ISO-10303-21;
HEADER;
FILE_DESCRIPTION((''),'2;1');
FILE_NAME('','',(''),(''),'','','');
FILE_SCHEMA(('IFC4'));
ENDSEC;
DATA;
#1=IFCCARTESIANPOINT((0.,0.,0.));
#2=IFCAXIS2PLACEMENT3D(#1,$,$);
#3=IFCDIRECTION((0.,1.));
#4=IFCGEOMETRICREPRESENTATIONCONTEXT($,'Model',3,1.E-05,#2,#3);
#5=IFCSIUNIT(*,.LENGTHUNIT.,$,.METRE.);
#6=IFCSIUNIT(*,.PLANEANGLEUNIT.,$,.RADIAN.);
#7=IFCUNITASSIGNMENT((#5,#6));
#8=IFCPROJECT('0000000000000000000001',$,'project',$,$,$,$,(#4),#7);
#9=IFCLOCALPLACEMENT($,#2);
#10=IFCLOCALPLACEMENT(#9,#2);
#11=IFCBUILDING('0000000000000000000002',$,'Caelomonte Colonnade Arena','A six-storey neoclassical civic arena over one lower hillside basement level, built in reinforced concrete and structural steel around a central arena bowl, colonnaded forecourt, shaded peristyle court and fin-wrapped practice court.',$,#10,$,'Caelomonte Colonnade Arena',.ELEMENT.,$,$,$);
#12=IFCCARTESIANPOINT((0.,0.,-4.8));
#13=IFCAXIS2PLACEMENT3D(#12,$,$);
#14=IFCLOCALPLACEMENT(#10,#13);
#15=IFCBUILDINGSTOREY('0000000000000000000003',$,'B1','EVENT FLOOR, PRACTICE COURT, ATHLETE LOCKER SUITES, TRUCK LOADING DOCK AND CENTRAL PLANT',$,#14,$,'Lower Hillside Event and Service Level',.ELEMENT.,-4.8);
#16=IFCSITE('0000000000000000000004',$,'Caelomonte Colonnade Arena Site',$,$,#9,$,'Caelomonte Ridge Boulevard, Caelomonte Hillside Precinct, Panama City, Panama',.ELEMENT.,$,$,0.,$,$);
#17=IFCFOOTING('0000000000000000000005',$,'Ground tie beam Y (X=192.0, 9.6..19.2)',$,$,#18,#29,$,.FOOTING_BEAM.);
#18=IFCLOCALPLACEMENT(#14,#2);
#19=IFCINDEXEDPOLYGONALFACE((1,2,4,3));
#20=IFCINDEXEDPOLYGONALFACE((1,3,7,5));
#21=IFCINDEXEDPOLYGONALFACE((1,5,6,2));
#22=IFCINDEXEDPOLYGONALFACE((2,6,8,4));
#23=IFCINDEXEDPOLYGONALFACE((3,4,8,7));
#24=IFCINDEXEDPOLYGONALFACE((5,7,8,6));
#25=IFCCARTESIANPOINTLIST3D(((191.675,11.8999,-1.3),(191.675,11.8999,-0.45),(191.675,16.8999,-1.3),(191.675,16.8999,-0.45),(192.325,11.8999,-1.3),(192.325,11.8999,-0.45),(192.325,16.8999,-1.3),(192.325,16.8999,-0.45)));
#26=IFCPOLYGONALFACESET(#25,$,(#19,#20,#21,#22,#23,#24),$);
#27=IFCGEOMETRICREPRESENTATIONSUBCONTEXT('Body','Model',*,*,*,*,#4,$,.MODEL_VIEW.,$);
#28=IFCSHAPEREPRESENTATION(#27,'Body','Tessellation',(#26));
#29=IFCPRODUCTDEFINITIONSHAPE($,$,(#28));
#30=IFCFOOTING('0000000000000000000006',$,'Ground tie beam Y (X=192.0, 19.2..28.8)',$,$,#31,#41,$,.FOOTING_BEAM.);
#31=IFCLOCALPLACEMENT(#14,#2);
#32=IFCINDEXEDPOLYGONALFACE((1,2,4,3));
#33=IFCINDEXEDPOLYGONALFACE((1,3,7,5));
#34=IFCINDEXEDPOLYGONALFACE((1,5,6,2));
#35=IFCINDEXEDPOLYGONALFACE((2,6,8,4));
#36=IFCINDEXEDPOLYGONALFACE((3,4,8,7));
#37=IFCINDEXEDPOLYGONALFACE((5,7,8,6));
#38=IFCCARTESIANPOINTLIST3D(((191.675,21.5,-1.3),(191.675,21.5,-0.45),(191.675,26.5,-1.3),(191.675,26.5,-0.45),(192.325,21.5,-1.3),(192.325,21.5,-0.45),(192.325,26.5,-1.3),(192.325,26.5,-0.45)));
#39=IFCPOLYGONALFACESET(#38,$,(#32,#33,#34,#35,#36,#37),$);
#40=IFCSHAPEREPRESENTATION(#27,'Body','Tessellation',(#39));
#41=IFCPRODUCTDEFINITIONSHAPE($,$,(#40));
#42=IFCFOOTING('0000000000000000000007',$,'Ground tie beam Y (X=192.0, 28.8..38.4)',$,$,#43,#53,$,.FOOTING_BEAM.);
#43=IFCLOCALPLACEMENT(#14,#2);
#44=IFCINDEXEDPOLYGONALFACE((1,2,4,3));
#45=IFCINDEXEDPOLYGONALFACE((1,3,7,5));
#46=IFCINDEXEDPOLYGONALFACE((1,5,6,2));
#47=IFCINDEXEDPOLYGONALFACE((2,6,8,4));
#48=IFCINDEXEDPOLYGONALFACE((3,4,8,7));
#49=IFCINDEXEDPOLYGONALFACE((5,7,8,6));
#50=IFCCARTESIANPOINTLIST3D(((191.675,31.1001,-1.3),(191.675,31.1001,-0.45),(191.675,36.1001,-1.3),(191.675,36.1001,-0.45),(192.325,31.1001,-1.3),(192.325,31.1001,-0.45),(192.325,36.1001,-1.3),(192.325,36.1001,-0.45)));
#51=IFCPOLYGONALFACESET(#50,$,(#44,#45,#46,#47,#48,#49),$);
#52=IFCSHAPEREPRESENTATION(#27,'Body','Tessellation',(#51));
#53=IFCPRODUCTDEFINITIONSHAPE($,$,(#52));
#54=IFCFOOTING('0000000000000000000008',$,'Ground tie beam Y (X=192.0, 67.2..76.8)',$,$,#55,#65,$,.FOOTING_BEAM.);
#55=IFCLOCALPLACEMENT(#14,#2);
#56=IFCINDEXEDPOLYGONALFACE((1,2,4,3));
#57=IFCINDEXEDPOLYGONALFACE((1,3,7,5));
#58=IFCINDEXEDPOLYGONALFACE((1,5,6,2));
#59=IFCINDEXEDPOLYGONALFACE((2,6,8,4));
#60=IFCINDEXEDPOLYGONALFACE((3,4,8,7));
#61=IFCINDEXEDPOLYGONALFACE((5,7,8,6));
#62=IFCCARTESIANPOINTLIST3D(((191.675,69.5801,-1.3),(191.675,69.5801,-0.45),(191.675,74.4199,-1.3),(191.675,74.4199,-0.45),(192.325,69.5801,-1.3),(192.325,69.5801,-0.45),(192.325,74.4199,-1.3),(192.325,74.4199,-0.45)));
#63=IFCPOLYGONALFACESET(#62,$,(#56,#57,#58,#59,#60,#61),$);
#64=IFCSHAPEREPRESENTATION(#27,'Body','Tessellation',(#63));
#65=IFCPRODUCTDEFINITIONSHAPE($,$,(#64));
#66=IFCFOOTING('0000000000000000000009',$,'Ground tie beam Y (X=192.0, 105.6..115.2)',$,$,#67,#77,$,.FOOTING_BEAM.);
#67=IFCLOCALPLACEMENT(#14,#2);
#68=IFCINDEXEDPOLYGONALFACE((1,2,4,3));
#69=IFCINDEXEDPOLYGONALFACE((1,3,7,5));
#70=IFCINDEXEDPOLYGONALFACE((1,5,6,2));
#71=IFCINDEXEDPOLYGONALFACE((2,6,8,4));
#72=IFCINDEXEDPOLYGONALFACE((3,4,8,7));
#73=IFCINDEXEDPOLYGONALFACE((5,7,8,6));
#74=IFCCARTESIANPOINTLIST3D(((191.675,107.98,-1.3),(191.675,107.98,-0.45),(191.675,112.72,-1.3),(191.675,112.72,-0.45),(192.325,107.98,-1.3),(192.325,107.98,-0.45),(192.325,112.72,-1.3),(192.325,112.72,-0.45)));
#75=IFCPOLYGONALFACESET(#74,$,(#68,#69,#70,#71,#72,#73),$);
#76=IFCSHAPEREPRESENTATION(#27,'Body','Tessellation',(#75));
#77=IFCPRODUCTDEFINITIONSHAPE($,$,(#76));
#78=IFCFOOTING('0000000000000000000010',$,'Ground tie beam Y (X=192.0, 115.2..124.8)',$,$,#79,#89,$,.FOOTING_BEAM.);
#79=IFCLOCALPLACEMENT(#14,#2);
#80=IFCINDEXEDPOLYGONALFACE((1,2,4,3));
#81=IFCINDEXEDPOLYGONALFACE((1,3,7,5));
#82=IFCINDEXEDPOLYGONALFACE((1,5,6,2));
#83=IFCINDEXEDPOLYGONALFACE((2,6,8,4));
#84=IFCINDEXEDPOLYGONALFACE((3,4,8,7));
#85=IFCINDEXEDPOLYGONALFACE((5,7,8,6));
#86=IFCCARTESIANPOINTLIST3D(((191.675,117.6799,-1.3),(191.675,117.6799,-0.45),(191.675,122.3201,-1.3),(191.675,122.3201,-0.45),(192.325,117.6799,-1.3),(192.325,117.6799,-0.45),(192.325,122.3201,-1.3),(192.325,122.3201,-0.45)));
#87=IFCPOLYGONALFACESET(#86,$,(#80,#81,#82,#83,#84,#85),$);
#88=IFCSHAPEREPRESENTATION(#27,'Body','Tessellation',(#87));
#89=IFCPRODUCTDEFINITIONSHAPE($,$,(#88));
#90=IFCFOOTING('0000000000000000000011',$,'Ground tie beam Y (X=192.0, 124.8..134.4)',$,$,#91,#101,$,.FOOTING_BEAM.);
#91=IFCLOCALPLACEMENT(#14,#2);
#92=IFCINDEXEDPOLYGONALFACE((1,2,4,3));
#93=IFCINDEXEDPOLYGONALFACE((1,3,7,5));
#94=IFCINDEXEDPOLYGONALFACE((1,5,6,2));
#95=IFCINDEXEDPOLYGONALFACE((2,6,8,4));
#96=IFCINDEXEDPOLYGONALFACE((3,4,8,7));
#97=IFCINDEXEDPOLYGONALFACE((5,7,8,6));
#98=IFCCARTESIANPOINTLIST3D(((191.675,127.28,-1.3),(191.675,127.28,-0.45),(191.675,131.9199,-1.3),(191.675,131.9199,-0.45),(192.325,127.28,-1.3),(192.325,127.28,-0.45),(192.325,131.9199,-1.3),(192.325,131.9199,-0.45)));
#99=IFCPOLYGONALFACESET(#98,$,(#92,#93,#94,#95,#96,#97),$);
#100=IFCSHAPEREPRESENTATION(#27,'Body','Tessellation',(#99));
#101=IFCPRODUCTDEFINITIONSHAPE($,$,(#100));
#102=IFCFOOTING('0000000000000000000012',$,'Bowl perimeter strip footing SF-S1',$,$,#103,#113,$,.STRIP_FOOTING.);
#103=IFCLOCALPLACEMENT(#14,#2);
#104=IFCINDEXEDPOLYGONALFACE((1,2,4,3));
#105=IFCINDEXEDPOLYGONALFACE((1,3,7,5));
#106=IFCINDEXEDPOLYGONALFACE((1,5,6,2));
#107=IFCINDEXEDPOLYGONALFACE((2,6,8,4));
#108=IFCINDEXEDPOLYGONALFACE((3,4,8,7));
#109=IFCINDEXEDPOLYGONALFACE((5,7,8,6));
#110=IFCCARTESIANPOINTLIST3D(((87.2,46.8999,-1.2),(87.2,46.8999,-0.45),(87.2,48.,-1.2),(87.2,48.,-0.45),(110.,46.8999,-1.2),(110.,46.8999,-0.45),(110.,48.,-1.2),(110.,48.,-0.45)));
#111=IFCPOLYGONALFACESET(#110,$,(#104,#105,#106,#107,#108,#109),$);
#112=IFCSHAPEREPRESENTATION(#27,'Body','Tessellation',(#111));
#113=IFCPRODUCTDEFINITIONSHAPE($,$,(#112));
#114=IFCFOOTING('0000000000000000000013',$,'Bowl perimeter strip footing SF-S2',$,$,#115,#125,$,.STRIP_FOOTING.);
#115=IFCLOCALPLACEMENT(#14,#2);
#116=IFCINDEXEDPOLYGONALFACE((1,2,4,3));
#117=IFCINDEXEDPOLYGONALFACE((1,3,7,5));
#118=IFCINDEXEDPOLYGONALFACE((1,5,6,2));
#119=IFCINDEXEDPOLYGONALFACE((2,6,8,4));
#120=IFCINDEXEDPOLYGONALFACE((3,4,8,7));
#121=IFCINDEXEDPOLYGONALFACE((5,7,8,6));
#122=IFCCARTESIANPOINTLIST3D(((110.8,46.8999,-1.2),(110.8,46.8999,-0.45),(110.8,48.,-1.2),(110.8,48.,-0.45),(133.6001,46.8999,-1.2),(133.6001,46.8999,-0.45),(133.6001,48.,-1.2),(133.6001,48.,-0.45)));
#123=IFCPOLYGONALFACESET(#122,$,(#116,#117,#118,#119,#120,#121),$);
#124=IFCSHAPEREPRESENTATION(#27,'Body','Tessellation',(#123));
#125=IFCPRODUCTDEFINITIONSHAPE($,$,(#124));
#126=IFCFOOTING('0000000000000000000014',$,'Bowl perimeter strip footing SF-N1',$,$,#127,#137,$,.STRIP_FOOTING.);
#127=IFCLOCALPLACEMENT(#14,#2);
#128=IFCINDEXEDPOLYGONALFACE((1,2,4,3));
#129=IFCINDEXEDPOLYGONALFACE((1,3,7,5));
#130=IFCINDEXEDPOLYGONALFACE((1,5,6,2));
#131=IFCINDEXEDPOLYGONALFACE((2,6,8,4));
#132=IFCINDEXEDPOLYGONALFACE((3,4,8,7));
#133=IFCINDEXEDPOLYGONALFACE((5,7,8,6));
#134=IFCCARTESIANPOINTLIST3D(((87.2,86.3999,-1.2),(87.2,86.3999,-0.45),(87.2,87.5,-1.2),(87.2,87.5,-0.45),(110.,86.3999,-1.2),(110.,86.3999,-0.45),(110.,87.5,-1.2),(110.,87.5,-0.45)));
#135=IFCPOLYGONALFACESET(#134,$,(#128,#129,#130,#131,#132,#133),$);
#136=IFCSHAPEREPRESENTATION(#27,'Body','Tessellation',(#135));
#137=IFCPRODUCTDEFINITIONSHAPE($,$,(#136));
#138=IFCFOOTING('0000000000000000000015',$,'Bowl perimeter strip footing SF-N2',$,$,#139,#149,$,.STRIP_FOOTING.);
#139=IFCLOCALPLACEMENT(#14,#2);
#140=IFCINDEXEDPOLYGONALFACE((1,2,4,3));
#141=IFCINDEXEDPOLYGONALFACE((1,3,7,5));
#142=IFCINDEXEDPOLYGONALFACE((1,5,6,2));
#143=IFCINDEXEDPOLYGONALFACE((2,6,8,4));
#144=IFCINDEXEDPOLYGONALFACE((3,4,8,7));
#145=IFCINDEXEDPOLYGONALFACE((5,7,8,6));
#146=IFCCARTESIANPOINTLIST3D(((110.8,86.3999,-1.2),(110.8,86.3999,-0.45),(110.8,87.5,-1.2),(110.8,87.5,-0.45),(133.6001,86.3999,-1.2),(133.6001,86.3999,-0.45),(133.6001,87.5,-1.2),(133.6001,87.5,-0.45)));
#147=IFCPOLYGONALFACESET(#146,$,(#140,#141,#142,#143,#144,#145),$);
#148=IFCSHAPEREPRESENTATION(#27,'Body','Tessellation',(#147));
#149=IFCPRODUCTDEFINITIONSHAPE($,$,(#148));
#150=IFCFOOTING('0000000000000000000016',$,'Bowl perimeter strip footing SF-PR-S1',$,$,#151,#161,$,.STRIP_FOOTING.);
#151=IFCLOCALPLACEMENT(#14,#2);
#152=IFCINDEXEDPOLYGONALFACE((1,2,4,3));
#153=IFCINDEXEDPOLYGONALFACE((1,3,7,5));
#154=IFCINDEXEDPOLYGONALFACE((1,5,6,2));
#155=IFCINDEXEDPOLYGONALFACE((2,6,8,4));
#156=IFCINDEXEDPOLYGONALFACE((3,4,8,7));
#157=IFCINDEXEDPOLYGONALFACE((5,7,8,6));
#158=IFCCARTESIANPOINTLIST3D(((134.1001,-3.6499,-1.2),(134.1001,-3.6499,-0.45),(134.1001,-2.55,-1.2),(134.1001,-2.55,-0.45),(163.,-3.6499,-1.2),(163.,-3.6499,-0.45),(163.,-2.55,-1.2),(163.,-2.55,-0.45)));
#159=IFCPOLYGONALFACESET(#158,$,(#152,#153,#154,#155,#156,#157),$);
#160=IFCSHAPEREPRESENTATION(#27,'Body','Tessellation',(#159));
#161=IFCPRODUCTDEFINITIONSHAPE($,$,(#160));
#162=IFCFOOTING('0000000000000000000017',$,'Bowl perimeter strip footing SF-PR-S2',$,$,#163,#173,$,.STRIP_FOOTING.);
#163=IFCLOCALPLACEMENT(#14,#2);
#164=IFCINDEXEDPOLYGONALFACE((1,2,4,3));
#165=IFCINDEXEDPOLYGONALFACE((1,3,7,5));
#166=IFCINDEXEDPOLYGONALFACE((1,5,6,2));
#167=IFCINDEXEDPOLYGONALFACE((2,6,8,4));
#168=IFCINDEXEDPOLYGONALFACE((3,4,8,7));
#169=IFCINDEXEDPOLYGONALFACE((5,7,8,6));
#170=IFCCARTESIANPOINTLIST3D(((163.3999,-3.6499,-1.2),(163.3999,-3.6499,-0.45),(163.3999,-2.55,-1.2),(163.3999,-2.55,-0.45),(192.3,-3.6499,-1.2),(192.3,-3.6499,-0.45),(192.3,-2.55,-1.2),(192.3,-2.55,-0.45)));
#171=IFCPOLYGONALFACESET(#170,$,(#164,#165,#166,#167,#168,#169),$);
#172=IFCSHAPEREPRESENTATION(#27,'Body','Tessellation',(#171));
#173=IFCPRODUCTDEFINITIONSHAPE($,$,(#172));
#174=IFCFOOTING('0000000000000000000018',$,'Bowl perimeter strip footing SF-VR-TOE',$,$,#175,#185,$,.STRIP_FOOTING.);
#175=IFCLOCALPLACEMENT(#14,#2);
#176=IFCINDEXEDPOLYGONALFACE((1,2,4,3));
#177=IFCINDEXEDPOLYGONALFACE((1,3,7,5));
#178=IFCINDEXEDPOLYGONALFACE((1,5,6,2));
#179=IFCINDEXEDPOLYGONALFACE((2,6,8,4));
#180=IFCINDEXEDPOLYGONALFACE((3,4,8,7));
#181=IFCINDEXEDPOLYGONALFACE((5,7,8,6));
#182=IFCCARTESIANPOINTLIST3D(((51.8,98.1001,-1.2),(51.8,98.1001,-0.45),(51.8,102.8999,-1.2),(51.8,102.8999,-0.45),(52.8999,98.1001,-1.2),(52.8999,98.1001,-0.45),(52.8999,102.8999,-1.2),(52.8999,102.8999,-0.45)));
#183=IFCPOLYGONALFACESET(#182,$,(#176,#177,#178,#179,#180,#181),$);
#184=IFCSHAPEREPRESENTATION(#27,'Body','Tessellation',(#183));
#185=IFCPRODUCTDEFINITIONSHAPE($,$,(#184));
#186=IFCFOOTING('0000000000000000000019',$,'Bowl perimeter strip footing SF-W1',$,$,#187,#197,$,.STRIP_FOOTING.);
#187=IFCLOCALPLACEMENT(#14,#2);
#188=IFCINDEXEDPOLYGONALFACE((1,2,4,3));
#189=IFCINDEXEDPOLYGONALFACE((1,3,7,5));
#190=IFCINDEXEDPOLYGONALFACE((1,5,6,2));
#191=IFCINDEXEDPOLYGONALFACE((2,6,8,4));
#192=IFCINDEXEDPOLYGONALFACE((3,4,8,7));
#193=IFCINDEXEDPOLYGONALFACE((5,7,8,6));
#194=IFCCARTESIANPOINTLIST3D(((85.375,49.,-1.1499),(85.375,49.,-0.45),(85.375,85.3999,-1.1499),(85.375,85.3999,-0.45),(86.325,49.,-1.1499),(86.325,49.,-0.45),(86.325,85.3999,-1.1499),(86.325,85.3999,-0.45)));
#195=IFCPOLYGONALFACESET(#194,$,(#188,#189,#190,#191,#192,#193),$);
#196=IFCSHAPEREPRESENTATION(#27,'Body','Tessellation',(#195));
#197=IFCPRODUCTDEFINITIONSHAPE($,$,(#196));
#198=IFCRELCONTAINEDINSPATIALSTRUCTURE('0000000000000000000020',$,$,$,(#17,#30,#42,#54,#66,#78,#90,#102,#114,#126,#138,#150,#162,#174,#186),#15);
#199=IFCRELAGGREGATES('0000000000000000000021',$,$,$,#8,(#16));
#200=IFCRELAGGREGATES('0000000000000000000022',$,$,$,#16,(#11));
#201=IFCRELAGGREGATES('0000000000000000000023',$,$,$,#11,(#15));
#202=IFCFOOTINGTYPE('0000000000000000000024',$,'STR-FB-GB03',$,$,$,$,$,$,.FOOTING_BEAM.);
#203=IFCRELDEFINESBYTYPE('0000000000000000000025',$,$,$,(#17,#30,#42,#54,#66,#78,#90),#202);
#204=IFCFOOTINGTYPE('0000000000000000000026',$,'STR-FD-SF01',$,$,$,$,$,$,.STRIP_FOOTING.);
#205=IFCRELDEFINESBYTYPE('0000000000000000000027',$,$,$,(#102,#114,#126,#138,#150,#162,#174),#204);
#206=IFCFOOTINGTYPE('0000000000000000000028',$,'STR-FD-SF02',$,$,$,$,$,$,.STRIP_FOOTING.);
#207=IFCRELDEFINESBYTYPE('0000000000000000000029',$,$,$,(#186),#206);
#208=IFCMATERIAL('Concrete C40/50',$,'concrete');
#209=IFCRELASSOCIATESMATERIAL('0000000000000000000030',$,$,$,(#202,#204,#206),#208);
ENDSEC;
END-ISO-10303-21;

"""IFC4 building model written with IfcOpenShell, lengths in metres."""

from ifc_helpers import new_model, si_unit, direction, frame, origin, place, context, subcontext, project, spatial, polyline, outline, extrude, material, type_object, element, save


model = new_model("IFC4")

# Units and contexts
model_context = context("Model", 3, precision=1e-05, world=origin(), true_north=direction((0.0, 1.0)))
body_context = subcontext(model_context, "Body", "Model", "MODEL_VIEW")
ifc_project = project(units=[si_unit("LENGTHUNIT", "METRE"), si_unit("PLANEANGLEUNIT", "RADIAN")], contexts=[model_context])

# Site, building, storey
site_placement = place(None, origin())
site = spatial("IfcSite", under=ifc_project, at=site_placement, Name="Caelomonte Colonnade Arena Site", LongName="Caelomonte Ridge Boulevard, Caelomonte Hillside Precinct, Panama City, Panama", CompositionType="ELEMENT", RefElevation=0.0)
building_placement = place(site_placement, origin())
building = spatial("IfcBuilding", under=site, at=building_placement, Name="Caelomonte Colonnade Arena", Description="A six-storey neoclassical civic arena over one lower hillside basement level, built in reinforced concrete and structural steel around a central arena bowl, colonnaded forecourt, shaded peristyle court and fin-wrapped practice court.", LongName="Caelomonte Colonnade Arena", CompositionType="ELEMENT")
storey_placement = place(building_placement, frame((0.0, 0.0, -4.8)))
storey = spatial("IfcBuildingStorey", under=building, at=storey_placement, Name="B1", Description="EVENT FLOOR, PRACTICE COURT, ATHLETE LOCKER SUITES, TRUCK LOADING DOCK AND CENTRAL PLANT", LongName="Lower Hillside Event and Service Level", CompositionType="ELEMENT", Elevation=-4.8)

# Footings
ifc_material = material(Name="Concrete C40/50", Category="concrete")
footing_type_1 = type_object("IfcFootingType", Name="STR-FB-GB03", PredefinedType="FOOTING_BEAM", material=ifc_material)
footing_1_placement = place(storey_placement, frame((0.0, 0.0, -1.3)))
element("IfcFooting", 1, at=footing_1_placement, inside=storey, type_object=footing_type_1, Name="Ground tie beam Y (X=192.0, 9.6..19.2)", PredefinedType="FOOTING_BEAM", context=body_context, shape_type="SweptSolid", body=[
    extrude(outline(polyline([(191.675, 11.8999), (192.325, 11.8999), (192.325, 16.8999), (191.675, 16.8999), (191.675, 11.8999)])), origin(), (0.0, 0.0, 1.0), 0.8501),
])
footing_2_placement = place(storey_placement, frame((0.0, 0.0, -1.3)))
element("IfcFooting", 2, at=footing_2_placement, inside=storey, type_object=footing_type_1, Name="Ground tie beam Y (X=192.0, 19.2..28.8)", PredefinedType="FOOTING_BEAM", context=body_context, shape_type="SweptSolid", body=[
    extrude(outline(polyline([(191.675, 21.5), (192.325, 21.5), (192.325, 26.5), (191.675, 26.5), (191.675, 21.5)])), origin(), (0.0, 0.0, 1.0), 0.8501),
])
footing_3_placement = place(storey_placement, frame((0.0, 0.0, -1.3)))
element("IfcFooting", 3, at=footing_3_placement, inside=storey, type_object=footing_type_1, Name="Ground tie beam Y (X=192.0, 28.8..38.4)", PredefinedType="FOOTING_BEAM", context=body_context, shape_type="SweptSolid", body=[
    extrude(outline(polyline([(191.675, 31.1001), (192.325, 31.1001), (192.325, 36.1001), (191.675, 36.1001), (191.675, 31.1001)])), origin(), (0.0, 0.0, 1.0), 0.8501),
])
footing_4_placement = place(storey_placement, frame((0.0, 0.0, -1.3)))
element("IfcFooting", 4, at=footing_4_placement, inside=storey, type_object=footing_type_1, Name="Ground tie beam Y (X=192.0, 67.2..76.8)", PredefinedType="FOOTING_BEAM", context=body_context, shape_type="SweptSolid", body=[
    extrude(outline(polyline([(191.675, 69.5801), (192.325, 69.5801), (192.325, 74.4199), (191.675, 74.4199), (191.675, 69.5801)])), origin(), (0.0, 0.0, 1.0), 0.8501),
])
footing_5_placement = place(storey_placement, frame((0.0, 0.0, -1.3)))
element("IfcFooting", 5, at=footing_5_placement, inside=storey, type_object=footing_type_1, Name="Ground tie beam Y (X=192.0, 105.6..115.2)", PredefinedType="FOOTING_BEAM", context=body_context, shape_type="SweptSolid", body=[
    extrude(outline(polyline([(191.675, 107.98), (192.325, 107.98), (192.325, 112.72), (191.675, 112.72), (191.675, 107.98)])), origin(), (0.0, 0.0, 1.0), 0.8501),
])
footing_6_placement = place(storey_placement, frame((0.0, 0.0, -1.3)))
element("IfcFooting", 6, at=footing_6_placement, inside=storey, type_object=footing_type_1, Name="Ground tie beam Y (X=192.0, 115.2..124.8)", PredefinedType="FOOTING_BEAM", context=body_context, shape_type="SweptSolid", body=[
    extrude(outline(polyline([(191.675, 117.6799), (192.325, 117.6799), (192.325, 122.3201), (191.675, 122.3201), (191.675, 117.6799)])), origin(), (0.0, 0.0, 1.0), 0.8501),
])
footing_7_placement = place(storey_placement, frame((0.0, 0.0, -1.3)))
element("IfcFooting", 7, at=footing_7_placement, inside=storey, type_object=footing_type_1, Name="Ground tie beam Y (X=192.0, 124.8..134.4)", PredefinedType="FOOTING_BEAM", context=body_context, shape_type="SweptSolid", body=[
    extrude(outline(polyline([(191.675, 127.28), (192.325, 127.28), (192.325, 131.9199), (191.675, 131.9199), (191.675, 127.28)])), origin(), (0.0, 0.0, 1.0), 0.8501),
])
footing_type_2 = type_object("IfcFootingType", Name="STR-FD-SF01", PredefinedType="STRIP_FOOTING", material=ifc_material)
footing_8_placement = place(storey_placement, frame((0.0, 0.0, -1.2)))
element("IfcFooting", 8, at=footing_8_placement, inside=storey, type_object=footing_type_2, Name="Bowl perimeter strip footing SF-S1", PredefinedType="STRIP_FOOTING", context=body_context, shape_type="SweptSolid", body=[
    extrude(outline(polyline([(87.2, 46.8999), (110.0, 46.8999), (110.0, 48.0), (87.2, 48.0), (87.2, 46.8999)])), origin(), (0.0, 0.0, 1.0), 0.75),
])
footing_9_placement = place(storey_placement, frame((0.0, 0.0, -1.2)))
element("IfcFooting", 9, at=footing_9_placement, inside=storey, type_object=footing_type_2, Name="Bowl perimeter strip footing SF-S2", PredefinedType="STRIP_FOOTING", context=body_context, shape_type="SweptSolid", body=[
    extrude(outline(polyline([(110.8, 46.8999), (133.6001, 46.8999), (133.6001, 48.0), (110.8, 48.0), (110.8, 46.8999)])), origin(), (0.0, 0.0, 1.0), 0.75),
])
footing_10_placement = place(storey_placement, frame((0.0, 0.0, -1.2)))
element("IfcFooting", 10, at=footing_10_placement, inside=storey, type_object=footing_type_2, Name="Bowl perimeter strip footing SF-N1", PredefinedType="STRIP_FOOTING", context=body_context, shape_type="SweptSolid", body=[
    extrude(outline(polyline([(87.2, 86.3999), (110.0, 86.3999), (110.0, 87.5), (87.2, 87.5), (87.2, 86.3999)])), origin(), (0.0, 0.0, 1.0), 0.75),
])
footing_11_placement = place(storey_placement, frame((0.0, 0.0, -1.2)))
element("IfcFooting", 11, at=footing_11_placement, inside=storey, type_object=footing_type_2, Name="Bowl perimeter strip footing SF-N2", PredefinedType="STRIP_FOOTING", context=body_context, shape_type="SweptSolid", body=[
    extrude(outline(polyline([(110.8, 86.3999), (133.6001, 86.3999), (133.6001, 87.5), (110.8, 87.5), (110.8, 86.3999)])), origin(), (0.0, 0.0, 1.0), 0.75),
])
footing_12_placement = place(storey_placement, frame((0.0, 0.0, -1.2)))
element("IfcFooting", 12, at=footing_12_placement, inside=storey, type_object=footing_type_2, Name="Bowl perimeter strip footing SF-PR-S1", PredefinedType="STRIP_FOOTING", context=body_context, shape_type="SweptSolid", body=[
    extrude(outline(polyline([(134.1001, -3.6499), (163.0, -3.6499), (163.0, -2.55), (134.1001, -2.55), (134.1001, -3.6499)])), origin(), (0.0, 0.0, 1.0), 0.75),
])
footing_13_placement = place(storey_placement, frame((0.0, 0.0, -1.2)))
element("IfcFooting", 13, at=footing_13_placement, inside=storey, type_object=footing_type_2, Name="Bowl perimeter strip footing SF-PR-S2", PredefinedType="STRIP_FOOTING", context=body_context, shape_type="SweptSolid", body=[
    extrude(outline(polyline([(163.3999, -3.6499), (192.3, -3.6499), (192.3, -2.55), (163.3999, -2.55), (163.3999, -3.6499)])), origin(), (0.0, 0.0, 1.0), 0.75),
])
footing_14_placement = place(storey_placement, frame((0.0, 0.0, -1.2)))
element("IfcFooting", 14, at=footing_14_placement, inside=storey, type_object=footing_type_2, Name="Bowl perimeter strip footing SF-VR-TOE", PredefinedType="STRIP_FOOTING", context=body_context, shape_type="SweptSolid", body=[
    extrude(outline(polyline([(51.8, 98.1001), (52.8999, 98.1001), (52.8999, 102.8999), (51.8, 102.8999), (51.8, 98.1001)])), origin(), (0.0, 0.0, 1.0), 0.75),
])
footing_type_3 = type_object("IfcFootingType", Name="STR-FD-SF02", PredefinedType="STRIP_FOOTING", material=ifc_material)
footing_15_placement = place(storey_placement, frame((0.0, 0.0, -1.1499)))
element("IfcFooting", 15, at=footing_15_placement, inside=storey, type_object=footing_type_3, Name="Bowl perimeter strip footing SF-W1", PredefinedType="STRIP_FOOTING", context=body_context, shape_type="SweptSolid", body=[
    extrude(outline(polyline([(85.375, 49.0), (86.325, 49.0), (86.325, 85.3999), (85.375, 85.3999), (85.375, 49.0)])), origin(), (0.0, 0.0, 1.0), 0.7),
])

save(model, "model.ifc")
